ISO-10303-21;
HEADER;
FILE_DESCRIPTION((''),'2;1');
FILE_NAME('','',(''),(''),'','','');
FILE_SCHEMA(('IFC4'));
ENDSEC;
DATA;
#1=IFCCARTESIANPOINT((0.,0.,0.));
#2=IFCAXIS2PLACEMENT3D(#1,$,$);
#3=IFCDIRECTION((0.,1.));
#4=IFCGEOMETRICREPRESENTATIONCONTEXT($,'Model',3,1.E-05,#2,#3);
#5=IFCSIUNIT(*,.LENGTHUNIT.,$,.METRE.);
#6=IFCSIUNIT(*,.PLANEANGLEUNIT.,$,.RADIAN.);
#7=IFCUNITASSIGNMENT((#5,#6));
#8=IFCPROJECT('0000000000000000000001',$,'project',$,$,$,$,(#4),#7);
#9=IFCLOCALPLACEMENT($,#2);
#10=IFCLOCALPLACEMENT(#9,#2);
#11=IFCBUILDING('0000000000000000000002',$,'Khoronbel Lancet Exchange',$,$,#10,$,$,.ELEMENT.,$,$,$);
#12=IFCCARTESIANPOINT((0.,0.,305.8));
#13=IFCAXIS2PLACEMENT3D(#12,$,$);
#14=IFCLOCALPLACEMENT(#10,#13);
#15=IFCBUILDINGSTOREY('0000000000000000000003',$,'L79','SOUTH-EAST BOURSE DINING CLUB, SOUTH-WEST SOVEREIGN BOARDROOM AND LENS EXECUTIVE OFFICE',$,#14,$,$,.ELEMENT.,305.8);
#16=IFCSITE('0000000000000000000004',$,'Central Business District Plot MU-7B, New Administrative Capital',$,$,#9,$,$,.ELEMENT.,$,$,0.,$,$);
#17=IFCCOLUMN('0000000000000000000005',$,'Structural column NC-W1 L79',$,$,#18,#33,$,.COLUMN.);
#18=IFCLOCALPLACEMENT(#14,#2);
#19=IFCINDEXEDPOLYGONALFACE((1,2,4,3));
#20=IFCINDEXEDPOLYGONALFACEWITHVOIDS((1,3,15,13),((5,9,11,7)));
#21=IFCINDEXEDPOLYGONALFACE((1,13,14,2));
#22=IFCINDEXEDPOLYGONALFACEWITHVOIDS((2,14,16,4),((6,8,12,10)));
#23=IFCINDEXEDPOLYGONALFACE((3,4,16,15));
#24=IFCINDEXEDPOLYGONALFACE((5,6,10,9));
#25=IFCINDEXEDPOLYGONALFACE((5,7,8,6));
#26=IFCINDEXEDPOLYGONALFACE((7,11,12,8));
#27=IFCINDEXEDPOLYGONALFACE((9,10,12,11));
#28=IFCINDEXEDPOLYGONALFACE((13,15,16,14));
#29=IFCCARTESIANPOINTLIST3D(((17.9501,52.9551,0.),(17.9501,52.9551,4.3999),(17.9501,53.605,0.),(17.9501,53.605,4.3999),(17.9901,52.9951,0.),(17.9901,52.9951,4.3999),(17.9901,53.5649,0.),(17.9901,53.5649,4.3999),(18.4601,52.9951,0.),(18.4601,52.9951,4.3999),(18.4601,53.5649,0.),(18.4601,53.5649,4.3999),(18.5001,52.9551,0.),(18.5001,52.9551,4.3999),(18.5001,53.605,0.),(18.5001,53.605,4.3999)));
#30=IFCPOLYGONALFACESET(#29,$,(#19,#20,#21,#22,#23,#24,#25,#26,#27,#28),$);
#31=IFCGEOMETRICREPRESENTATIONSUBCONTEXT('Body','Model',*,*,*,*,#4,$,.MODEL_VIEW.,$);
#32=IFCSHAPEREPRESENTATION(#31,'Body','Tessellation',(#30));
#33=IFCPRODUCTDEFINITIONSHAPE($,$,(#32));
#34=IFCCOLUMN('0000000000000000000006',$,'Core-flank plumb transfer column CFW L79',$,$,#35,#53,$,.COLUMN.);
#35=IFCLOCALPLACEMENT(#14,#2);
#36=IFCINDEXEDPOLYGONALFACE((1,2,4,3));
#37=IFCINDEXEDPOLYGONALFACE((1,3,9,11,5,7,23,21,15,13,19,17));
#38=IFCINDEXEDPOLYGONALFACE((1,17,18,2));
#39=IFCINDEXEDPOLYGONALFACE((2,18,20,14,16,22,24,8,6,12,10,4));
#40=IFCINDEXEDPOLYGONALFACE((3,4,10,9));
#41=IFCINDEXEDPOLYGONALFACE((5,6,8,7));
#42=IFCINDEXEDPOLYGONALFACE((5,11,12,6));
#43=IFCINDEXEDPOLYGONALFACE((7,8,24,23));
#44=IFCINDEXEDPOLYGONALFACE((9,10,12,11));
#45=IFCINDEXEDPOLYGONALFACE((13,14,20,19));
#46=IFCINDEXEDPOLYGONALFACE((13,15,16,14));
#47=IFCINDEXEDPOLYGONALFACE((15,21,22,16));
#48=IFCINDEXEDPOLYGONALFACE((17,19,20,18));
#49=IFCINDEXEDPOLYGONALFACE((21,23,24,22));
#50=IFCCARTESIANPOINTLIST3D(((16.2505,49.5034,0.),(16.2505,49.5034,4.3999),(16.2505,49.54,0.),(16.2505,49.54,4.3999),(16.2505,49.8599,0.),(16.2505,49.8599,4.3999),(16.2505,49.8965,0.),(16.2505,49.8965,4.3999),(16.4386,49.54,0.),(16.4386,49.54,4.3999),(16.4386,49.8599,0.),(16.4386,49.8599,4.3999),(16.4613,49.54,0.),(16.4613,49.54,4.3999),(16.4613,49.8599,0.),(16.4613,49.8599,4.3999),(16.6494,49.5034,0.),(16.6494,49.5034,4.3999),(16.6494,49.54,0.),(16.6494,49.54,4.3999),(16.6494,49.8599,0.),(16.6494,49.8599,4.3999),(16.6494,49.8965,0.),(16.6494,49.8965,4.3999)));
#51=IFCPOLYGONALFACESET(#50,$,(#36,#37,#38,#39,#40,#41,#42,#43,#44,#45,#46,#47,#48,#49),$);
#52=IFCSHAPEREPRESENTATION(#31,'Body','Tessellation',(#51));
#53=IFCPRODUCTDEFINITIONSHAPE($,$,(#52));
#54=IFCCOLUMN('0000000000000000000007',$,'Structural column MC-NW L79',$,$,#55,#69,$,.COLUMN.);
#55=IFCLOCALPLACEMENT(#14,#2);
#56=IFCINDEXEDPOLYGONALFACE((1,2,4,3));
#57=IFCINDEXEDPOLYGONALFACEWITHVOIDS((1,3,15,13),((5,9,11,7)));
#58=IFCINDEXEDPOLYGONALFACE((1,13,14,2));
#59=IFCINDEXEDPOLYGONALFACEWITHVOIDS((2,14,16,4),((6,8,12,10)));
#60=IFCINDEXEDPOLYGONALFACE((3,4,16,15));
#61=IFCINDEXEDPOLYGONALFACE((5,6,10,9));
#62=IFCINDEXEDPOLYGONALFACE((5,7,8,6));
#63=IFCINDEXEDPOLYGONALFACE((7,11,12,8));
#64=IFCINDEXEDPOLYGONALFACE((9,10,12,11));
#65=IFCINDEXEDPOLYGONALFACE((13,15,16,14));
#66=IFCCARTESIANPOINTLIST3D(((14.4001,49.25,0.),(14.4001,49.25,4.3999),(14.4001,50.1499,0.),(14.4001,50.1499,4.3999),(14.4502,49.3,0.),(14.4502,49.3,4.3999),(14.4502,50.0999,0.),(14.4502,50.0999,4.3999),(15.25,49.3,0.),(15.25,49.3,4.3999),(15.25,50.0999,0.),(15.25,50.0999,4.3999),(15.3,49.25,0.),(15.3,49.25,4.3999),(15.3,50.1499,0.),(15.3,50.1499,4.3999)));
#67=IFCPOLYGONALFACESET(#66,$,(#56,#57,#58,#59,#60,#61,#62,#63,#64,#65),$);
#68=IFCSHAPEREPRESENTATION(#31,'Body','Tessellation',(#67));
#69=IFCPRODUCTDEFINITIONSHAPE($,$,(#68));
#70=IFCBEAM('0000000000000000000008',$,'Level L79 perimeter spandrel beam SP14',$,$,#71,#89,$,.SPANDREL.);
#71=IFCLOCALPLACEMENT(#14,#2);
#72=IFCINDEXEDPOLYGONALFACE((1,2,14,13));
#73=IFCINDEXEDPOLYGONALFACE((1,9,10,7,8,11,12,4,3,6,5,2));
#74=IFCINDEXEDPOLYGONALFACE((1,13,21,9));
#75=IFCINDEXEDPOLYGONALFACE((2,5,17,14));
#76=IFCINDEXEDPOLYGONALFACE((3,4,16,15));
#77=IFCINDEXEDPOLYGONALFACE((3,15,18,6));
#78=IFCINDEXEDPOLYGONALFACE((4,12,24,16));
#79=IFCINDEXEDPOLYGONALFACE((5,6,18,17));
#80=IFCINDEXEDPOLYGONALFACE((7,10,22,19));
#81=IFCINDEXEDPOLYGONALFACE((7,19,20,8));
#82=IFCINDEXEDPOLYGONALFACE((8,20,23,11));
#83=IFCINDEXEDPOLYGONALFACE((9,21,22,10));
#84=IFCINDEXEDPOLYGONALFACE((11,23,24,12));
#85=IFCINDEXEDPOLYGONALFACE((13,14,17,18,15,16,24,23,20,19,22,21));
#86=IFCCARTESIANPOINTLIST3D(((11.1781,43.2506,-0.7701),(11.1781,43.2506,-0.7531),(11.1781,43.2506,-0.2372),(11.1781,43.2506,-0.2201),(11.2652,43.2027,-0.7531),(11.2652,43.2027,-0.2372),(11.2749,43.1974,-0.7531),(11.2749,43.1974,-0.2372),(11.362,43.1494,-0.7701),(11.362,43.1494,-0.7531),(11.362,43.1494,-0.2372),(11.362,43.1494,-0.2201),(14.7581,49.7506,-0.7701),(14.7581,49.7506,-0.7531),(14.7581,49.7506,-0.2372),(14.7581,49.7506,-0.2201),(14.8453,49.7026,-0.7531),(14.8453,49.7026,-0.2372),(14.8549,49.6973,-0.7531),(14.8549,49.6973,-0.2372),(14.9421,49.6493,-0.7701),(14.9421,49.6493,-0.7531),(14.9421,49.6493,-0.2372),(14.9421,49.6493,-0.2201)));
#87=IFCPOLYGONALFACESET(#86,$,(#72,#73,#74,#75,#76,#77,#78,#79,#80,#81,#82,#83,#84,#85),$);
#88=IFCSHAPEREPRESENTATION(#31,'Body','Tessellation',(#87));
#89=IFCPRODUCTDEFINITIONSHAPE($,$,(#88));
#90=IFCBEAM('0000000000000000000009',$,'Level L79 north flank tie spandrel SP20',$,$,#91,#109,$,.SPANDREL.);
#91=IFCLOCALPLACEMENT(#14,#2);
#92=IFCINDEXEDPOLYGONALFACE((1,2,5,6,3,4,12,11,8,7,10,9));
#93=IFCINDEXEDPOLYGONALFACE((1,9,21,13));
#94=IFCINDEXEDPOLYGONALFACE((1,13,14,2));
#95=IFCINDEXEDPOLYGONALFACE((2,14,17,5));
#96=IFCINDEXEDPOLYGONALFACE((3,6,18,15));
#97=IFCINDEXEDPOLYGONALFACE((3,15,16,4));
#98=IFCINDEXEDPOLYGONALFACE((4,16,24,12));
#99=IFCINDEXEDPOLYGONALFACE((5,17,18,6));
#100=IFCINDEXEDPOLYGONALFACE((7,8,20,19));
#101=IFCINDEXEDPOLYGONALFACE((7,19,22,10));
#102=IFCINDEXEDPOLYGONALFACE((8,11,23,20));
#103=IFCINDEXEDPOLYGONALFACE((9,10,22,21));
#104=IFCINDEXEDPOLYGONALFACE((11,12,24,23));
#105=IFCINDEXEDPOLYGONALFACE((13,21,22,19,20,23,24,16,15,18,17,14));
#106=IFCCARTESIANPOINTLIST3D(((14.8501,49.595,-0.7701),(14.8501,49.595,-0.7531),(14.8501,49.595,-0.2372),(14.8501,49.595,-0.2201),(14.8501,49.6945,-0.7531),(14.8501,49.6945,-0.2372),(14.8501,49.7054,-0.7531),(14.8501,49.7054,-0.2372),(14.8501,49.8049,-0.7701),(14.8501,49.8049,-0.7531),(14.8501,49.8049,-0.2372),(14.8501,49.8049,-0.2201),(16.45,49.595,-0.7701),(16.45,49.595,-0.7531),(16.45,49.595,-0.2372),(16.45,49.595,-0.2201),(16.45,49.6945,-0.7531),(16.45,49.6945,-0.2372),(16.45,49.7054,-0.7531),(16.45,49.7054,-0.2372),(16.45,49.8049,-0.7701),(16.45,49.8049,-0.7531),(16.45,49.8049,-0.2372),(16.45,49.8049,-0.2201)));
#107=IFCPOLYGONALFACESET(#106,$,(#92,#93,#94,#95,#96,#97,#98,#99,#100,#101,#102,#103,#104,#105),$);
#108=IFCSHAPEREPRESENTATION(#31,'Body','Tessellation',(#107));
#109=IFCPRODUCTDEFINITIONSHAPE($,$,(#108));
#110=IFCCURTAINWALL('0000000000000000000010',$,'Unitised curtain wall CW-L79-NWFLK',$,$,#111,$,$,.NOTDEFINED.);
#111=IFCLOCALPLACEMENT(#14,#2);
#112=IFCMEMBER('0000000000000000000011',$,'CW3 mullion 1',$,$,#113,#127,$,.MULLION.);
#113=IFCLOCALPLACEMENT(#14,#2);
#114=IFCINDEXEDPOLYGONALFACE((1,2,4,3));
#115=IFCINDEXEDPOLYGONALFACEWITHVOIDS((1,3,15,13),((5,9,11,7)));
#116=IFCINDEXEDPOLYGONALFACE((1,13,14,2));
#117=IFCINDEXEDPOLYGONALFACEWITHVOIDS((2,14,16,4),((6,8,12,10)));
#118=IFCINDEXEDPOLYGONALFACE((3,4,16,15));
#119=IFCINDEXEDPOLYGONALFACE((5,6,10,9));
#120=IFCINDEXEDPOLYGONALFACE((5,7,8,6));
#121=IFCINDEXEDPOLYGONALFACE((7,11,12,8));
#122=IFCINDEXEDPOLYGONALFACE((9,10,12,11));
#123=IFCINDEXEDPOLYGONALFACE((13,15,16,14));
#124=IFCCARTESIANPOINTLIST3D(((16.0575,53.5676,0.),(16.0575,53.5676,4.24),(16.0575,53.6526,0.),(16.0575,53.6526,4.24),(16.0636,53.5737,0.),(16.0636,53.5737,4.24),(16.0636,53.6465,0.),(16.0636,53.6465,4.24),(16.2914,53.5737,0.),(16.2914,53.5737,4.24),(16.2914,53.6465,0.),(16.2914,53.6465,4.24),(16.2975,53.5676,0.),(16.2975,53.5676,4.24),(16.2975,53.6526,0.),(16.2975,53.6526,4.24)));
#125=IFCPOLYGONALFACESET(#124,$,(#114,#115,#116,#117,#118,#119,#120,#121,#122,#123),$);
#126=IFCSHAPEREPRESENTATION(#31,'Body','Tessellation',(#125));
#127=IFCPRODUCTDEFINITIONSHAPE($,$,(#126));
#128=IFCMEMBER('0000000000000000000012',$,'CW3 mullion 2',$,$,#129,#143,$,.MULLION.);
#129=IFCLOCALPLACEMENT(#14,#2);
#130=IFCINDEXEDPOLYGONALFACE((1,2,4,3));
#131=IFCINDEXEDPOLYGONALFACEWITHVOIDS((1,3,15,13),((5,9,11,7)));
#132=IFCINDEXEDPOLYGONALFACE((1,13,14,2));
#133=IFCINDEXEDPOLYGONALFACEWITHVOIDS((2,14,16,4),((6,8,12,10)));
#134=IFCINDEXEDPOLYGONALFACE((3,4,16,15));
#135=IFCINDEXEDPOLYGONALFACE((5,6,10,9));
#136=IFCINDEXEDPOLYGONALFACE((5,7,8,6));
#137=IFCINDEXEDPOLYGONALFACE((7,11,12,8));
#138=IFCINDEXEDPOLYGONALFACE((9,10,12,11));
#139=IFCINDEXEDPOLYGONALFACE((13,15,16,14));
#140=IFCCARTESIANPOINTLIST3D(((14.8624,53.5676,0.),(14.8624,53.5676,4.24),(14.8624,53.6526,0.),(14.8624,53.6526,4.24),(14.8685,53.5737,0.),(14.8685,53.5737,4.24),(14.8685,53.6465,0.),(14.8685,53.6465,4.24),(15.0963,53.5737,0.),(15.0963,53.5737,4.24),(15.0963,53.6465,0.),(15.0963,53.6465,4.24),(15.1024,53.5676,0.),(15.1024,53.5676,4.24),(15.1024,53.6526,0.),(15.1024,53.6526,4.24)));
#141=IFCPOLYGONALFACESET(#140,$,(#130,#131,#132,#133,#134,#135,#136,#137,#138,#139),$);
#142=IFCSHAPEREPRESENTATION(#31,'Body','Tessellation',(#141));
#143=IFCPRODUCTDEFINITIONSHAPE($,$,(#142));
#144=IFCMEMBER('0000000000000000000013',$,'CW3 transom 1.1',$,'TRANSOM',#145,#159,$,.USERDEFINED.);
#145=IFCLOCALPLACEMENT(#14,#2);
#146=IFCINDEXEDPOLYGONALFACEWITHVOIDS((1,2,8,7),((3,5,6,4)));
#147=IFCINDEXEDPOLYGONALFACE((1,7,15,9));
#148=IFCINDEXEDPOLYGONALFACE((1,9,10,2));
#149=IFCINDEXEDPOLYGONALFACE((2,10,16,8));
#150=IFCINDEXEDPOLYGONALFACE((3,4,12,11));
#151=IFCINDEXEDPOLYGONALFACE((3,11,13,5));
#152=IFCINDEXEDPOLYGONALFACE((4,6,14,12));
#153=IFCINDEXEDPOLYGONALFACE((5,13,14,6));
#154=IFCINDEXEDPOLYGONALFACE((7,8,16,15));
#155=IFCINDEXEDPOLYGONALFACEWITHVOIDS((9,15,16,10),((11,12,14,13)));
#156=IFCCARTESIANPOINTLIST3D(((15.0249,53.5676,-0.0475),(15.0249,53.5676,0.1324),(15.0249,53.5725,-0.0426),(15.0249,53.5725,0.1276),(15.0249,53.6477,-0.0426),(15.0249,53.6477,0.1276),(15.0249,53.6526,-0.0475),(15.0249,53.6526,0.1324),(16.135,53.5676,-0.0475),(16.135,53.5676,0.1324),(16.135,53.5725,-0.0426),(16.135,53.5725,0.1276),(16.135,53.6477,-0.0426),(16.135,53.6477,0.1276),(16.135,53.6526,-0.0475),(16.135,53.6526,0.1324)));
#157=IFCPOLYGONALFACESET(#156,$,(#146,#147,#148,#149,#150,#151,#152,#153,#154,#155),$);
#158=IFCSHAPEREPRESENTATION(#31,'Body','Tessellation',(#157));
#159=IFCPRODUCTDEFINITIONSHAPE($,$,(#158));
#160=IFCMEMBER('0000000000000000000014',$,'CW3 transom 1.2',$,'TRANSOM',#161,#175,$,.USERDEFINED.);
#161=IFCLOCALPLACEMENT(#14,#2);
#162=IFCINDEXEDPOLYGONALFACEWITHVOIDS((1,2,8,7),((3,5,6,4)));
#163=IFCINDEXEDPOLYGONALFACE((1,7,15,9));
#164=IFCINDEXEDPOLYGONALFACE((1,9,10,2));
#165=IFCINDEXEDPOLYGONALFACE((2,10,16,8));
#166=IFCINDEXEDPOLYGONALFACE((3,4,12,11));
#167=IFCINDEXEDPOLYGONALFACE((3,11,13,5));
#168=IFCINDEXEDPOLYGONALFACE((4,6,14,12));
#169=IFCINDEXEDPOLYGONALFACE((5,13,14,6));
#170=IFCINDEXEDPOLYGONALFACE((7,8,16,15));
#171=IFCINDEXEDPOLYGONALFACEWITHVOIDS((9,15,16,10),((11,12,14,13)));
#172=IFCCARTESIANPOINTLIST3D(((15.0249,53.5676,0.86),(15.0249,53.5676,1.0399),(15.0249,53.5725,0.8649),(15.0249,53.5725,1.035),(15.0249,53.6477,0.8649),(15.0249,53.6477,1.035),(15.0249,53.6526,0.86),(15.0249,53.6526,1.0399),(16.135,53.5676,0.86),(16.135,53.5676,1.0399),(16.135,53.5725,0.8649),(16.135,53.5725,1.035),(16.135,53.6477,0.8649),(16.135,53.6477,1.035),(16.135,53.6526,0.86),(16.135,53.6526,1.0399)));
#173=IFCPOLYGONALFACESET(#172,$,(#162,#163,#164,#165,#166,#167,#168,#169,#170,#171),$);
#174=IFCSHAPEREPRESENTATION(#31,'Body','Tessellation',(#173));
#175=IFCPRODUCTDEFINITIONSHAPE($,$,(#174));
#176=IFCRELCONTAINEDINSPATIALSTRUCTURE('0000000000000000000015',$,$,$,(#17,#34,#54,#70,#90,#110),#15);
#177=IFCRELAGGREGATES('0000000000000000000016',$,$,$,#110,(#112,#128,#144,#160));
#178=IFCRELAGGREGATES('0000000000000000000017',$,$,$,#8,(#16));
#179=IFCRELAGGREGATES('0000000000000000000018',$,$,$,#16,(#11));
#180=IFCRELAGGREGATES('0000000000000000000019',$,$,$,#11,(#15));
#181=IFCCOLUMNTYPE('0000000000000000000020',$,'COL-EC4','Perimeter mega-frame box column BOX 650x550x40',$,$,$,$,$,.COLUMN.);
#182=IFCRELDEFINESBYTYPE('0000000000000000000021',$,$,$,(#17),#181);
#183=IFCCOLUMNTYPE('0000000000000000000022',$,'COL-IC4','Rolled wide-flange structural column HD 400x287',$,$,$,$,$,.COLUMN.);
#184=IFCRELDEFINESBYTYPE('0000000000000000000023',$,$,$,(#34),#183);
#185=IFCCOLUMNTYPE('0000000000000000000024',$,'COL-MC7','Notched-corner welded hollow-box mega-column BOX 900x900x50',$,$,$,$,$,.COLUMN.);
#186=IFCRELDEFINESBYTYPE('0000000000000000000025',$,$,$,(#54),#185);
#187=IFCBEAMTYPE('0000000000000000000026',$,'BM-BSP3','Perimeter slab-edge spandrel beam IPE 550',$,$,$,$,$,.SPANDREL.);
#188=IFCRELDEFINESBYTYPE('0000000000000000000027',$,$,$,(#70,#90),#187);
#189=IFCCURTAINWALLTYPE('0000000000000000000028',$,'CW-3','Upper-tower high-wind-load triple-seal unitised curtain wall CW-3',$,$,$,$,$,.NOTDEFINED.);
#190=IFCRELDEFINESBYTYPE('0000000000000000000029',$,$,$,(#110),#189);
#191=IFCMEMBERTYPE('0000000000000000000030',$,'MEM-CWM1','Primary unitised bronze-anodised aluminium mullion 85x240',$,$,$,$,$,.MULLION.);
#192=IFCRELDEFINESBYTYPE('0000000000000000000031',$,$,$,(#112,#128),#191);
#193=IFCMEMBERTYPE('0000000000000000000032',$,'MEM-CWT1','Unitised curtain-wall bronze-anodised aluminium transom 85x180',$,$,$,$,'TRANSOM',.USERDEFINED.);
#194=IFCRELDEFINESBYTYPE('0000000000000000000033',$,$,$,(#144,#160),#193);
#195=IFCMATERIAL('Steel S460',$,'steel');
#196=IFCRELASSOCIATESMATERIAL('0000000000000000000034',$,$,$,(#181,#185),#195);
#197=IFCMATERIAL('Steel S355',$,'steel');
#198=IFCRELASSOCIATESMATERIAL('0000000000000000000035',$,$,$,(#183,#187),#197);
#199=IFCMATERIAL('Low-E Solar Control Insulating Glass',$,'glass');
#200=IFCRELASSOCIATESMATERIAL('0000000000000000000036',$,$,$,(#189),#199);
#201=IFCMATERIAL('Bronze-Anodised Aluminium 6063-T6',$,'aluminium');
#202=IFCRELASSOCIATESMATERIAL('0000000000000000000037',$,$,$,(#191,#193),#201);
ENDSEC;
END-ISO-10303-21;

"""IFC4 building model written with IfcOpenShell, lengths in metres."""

from ifc_helpers import new_model, si_unit, direction, frame, origin, origin_2d, place, context, subcontext, project, spatial, hollow_rectangle, i_section, extrude, material, material_profile, profile_set, type_object, element, aggregate, save


model = new_model("IFC4")

# Units and contexts
model_context = context("Model", 3, precision=1e-05, world=origin(), true_north=direction((0.0, 1.0)))
body_context = subcontext(model_context, "Body", "Model", "MODEL_VIEW")
ifc_project = project(units=[si_unit("LENGTHUNIT", "METRE"), si_unit("PLANEANGLEUNIT", "RADIAN")], contexts=[model_context])

# Site, building, storey
site_placement = place(None, origin())
site = spatial("IfcSite", under=ifc_project, at=site_placement, Name="Central Business District Plot MU-7B, New Administrative Capital", CompositionType="ELEMENT", RefElevation=0.0)
building_placement = place(site_placement, origin())
building = spatial("IfcBuilding", under=site, at=building_placement, Name="Khoronbel Lancet Exchange", CompositionType="ELEMENT")
storey_placement = place(building_placement, frame((0.0, 0.0, 305.8)))
storey = spatial("IfcBuildingStorey", under=building, at=storey_placement, Name="L79", Description="SOUTH-EAST BOURSE DINING CLUB, SOUTH-WEST SOVEREIGN BOARDROOM AND LENS EXECUTIVE OFFICE", CompositionType="ELEMENT", Elevation=305.8)

# Columns
ifc_material_1 = material(Name="Steel S460", Category="steel")
ifc_material_profile_1 = material_profile(ifc_material_1, hollow_rectangle(XDim=0.55, YDim=0.6499, WallThickness=0.04, at=origin_2d()), Name="BOX 650x550x40")
ifc_profile_set_1 = profile_set([ifc_material_profile_1], Name="Steel S460")
column_type_1 = type_object("IfcColumnType", Name="COL-EC4", Description="Perimeter mega-frame box column BOX 650x550x40", PredefinedType="COLUMN", material=ifc_profile_set_1)
column_1_placement = place(storey_placement, frame((18.2251, 53.28, 0.0), z_axis=(0.0, 0.0, 1.0), x_axis=(1.0, 0.0, 0.0)))
element("IfcColumn", 1, at=column_1_placement, inside=storey, type_object=column_type_1, Name="Structural column NC-W1 L79", PredefinedType="COLUMN", context=body_context, shape_type="SweptSolid", body=[
    extrude(hollow_rectangle(XDim=0.55, YDim=0.6499, WallThickness=0.04, at=origin_2d()), origin(), (0.0, 0.0, 1.0), 4.3999),
])
ifc_material_2 = material(Name="Steel S355", Category="steel")
ifc_material_profile_2 = material_profile(ifc_material_2, i_section(OverallWidth=0.3989, OverallDepth=0.3931, WebThickness=0.0227, FlangeThickness=0.0366, at=origin_2d()), Name="HD 400x287")
ifc_profile_set_2 = profile_set([ifc_material_profile_2], Name="Steel S355")
column_type_2 = type_object("IfcColumnType", Name="COL-IC4", Description="Rolled wide-flange structural column HD 400x287", PredefinedType="COLUMN", material=ifc_profile_set_2)
column_2_placement = place(storey_placement, frame((16.45, 49.7, 0.0), z_axis=(0.0, 0.0, 1.0), x_axis=(1.0, 0.0, 0.0)))
element("IfcColumn", 2, at=column_2_placement, inside=storey, type_object=column_type_2, Name="Core-flank plumb transfer column CFW L79", PredefinedType="COLUMN", context=body_context, shape_type="SweptSolid", body=[
    extrude(i_section(OverallWidth=0.3989, OverallDepth=0.3931, WebThickness=0.0227, FlangeThickness=0.0366, at=origin_2d()), origin(), (0.0, 0.0, 1.0), 4.3999),
])
ifc_material_profile_3 = material_profile(ifc_material_1, hollow_rectangle(XDim=0.8999, YDim=0.8999, WallThickness=0.05, at=origin_2d()), Name="BOX 900x900x50")
ifc_profile_set_3 = profile_set([ifc_material_profile_3], Name="Steel S460")
column_type_3 = type_object("IfcColumnType", Name="COL-MC7", Description="Notched-corner welded hollow-box mega-column BOX 900x900x50", PredefinedType="COLUMN", material=ifc_profile_set_3)
column_3_placement = place(storey_placement, frame((14.8501, 49.7, 0.0), z_axis=(0.0, 0.0, 1.0), x_axis=(1.0, 0.0, 0.0)))
element("IfcColumn", 3, at=column_3_placement, inside=storey, type_object=column_type_3, Name="Structural column MC-NW L79", PredefinedType="COLUMN", context=body_context, shape_type="SweptSolid", body=[
    extrude(hollow_rectangle(XDim=0.8999, YDim=0.8999, WallThickness=0.05, at=origin_2d()), origin(), (0.0, 0.0, 1.0), 4.3999),
])

# Beams
ifc_material_profile_4 = material_profile(ifc_material_2, i_section(OverallWidth=0.21, OverallDepth=0.55, WebThickness=0.011, FlangeThickness=0.0171, at=origin_2d()), Name="IPE 550")
ifc_profile_set_4 = profile_set([ifc_material_profile_4], Name="Steel S355")
beam_type = type_object("IfcBeamType", Name="BM-BSP3", Description="Perimeter slab-edge spandrel beam IPE 550", PredefinedType="SPANDREL", material=ifc_profile_set_4)
beam_1_placement = place(storey_placement, frame((14.8501, 49.7, -0.4951), z_axis=(-0.482444, -0.875927, 0.0), x_axis=(0.875927, -0.482444, 0.0)))
element("IfcBeam", 4, at=beam_1_placement, inside=storey, type_object=beam_type, Name="Level L79 perimeter spandrel beam SP14", PredefinedType="SPANDREL", context=body_context, shape_type="SweptSolid", body=[
    extrude(i_section(OverallWidth=0.21, OverallDepth=0.55, WebThickness=0.011, FlangeThickness=0.0171, at=origin_2d()), origin(), (0.0, 0.0, 1.0), 7.4207),
])
beam_2_placement = place(storey_placement, frame((14.8501, 49.7, -0.4951), z_axis=(1.0, 0.0, 0.0), x_axis=(0.0, 1.0, 0.0)))
element("IfcBeam", 5, at=beam_2_placement, inside=storey, type_object=beam_type, Name="Level L79 north flank tie spandrel SP20", PredefinedType="SPANDREL", context=body_context, shape_type="SweptSolid", body=[
    extrude(i_section(OverallWidth=0.21, OverallDepth=0.55, WebThickness=0.011, FlangeThickness=0.0171, at=origin_2d()), origin(), (0.0, 0.0, 1.0), 1.5999),
])

# Curtain wall, members
ifc_material_3 = material(Name="Low-E Solar Control Insulating Glass", Category="glass")
curtain_wall_type = type_object("IfcCurtainWallType", Name="CW-3", Description="Upper-tower high-wind-load triple-seal unitised curtain wall CW-3", PredefinedType="NOTDEFINED", material=ifc_material_3)
curtain_wall_placement = place(storey_placement, origin())
curtain_wall = element("IfcCurtainWall", 6, at=curtain_wall_placement, inside=storey, type_object=curtain_wall_type, Name="Unitised curtain wall CW-L79-NWFLK", PredefinedType="NOTDEFINED")
ifc_material_4 = material(Name="Bronze-Anodised Aluminium 6063-T6", Category="aluminium")
ifc_material_profile_5 = material_profile(ifc_material_4, hollow_rectangle(XDim=0.085, YDim=0.24, WallThickness=0.0061, at=origin_2d()), Name="ALU MULLION 85x240")
ifc_profile_set_5 = profile_set([ifc_material_profile_5], Name="Bronze-Anodised Aluminium 6063-T6")
member_type_1 = type_object("IfcMemberType", Name="MEM-CWM1", Description="Primary unitised bronze-anodised aluminium mullion 85x240", PredefinedType="MULLION", material=ifc_profile_set_5)
member_1_placement = place(storey_placement, frame((16.1775, 53.6101, 0.0), z_axis=(0.0, 0.0, 1.0), x_axis=(0.0, -1.0, 0.0)))
member_1 = element("IfcMember", 7, at=member_1_placement, type_object=member_type_1, Name="CW3 mullion 1", PredefinedType="MULLION", context=body_context, shape_type="SweptSolid", body=[
    extrude(hollow_rectangle(XDim=0.085, YDim=0.24, WallThickness=0.0061, at=origin_2d()), origin(), (0.0, 0.0, 1.0), 4.24),
])
member_2_placement = place(storey_placement, frame((14.9824, 53.6101, 0.0), z_axis=(0.0, 0.0, 1.0), x_axis=(0.0, -1.0, 0.0)))
member_2 = element("IfcMember", 8, at=member_2_placement, type_object=member_type_1, Name="CW3 mullion 2", PredefinedType="MULLION", context=body_context, shape_type="SweptSolid", body=[
    extrude(hollow_rectangle(XDim=0.085, YDim=0.24, WallThickness=0.0061, at=origin_2d()), origin(), (0.0, 0.0, 1.0), 4.24),
])
ifc_material_profile_6 = material_profile(ifc_material_4, hollow_rectangle(XDim=0.085, YDim=0.1799, WallThickness=0.0049, at=origin_2d()), Name="ALU TRANSOM 85x180")
ifc_profile_set_6 = profile_set([ifc_material_profile_6], Name="Bronze-Anodised Aluminium 6063-T6")
member_type_2 = type_object("IfcMemberType", Name="MEM-CWT1", Description="Unitised curtain-wall bronze-anodised aluminium transom 85x180", ElementType="TRANSOM", PredefinedType="USERDEFINED", material=ifc_profile_set_6)
member_3_placement = place(storey_placement, frame((16.135, 53.6101, 0.0425), z_axis=(-1.0, 0.0, 0.0), x_axis=(0.0, -1.0, 0.0)))
member_3 = element("IfcMember", 9, at=member_3_placement, type_object=member_type_2, Name="CW3 transom 1.1", ObjectType="TRANSOM", PredefinedType="USERDEFINED", context=body_context, shape_type="SweptSolid", body=[
    extrude(hollow_rectangle(XDim=0.085, YDim=0.1799, WallThickness=0.0049, at=origin_2d()), origin(), (0.0, 0.0, 1.0), 1.1101),
])
member_4_placement = place(storey_placement, frame((16.135, 53.6101, 0.95), z_axis=(-1.0, 0.0, 0.0), x_axis=(0.0, -1.0, 0.0)))
member_4 = element("IfcMember", 10, at=member_4_placement, type_object=member_type_2, Name="CW3 transom 1.2", ObjectType="TRANSOM", PredefinedType="USERDEFINED", context=body_context, shape_type="SweptSolid", body=[
    extrude(hollow_rectangle(XDim=0.085, YDim=0.1799, WallThickness=0.0049, at=origin_2d()), origin(), (0.0, 0.0, 1.0), 1.1101),
])
aggregate(curtain_wall, [member_1, member_2, member_3, member_4])

save(model, "model.ifc")
